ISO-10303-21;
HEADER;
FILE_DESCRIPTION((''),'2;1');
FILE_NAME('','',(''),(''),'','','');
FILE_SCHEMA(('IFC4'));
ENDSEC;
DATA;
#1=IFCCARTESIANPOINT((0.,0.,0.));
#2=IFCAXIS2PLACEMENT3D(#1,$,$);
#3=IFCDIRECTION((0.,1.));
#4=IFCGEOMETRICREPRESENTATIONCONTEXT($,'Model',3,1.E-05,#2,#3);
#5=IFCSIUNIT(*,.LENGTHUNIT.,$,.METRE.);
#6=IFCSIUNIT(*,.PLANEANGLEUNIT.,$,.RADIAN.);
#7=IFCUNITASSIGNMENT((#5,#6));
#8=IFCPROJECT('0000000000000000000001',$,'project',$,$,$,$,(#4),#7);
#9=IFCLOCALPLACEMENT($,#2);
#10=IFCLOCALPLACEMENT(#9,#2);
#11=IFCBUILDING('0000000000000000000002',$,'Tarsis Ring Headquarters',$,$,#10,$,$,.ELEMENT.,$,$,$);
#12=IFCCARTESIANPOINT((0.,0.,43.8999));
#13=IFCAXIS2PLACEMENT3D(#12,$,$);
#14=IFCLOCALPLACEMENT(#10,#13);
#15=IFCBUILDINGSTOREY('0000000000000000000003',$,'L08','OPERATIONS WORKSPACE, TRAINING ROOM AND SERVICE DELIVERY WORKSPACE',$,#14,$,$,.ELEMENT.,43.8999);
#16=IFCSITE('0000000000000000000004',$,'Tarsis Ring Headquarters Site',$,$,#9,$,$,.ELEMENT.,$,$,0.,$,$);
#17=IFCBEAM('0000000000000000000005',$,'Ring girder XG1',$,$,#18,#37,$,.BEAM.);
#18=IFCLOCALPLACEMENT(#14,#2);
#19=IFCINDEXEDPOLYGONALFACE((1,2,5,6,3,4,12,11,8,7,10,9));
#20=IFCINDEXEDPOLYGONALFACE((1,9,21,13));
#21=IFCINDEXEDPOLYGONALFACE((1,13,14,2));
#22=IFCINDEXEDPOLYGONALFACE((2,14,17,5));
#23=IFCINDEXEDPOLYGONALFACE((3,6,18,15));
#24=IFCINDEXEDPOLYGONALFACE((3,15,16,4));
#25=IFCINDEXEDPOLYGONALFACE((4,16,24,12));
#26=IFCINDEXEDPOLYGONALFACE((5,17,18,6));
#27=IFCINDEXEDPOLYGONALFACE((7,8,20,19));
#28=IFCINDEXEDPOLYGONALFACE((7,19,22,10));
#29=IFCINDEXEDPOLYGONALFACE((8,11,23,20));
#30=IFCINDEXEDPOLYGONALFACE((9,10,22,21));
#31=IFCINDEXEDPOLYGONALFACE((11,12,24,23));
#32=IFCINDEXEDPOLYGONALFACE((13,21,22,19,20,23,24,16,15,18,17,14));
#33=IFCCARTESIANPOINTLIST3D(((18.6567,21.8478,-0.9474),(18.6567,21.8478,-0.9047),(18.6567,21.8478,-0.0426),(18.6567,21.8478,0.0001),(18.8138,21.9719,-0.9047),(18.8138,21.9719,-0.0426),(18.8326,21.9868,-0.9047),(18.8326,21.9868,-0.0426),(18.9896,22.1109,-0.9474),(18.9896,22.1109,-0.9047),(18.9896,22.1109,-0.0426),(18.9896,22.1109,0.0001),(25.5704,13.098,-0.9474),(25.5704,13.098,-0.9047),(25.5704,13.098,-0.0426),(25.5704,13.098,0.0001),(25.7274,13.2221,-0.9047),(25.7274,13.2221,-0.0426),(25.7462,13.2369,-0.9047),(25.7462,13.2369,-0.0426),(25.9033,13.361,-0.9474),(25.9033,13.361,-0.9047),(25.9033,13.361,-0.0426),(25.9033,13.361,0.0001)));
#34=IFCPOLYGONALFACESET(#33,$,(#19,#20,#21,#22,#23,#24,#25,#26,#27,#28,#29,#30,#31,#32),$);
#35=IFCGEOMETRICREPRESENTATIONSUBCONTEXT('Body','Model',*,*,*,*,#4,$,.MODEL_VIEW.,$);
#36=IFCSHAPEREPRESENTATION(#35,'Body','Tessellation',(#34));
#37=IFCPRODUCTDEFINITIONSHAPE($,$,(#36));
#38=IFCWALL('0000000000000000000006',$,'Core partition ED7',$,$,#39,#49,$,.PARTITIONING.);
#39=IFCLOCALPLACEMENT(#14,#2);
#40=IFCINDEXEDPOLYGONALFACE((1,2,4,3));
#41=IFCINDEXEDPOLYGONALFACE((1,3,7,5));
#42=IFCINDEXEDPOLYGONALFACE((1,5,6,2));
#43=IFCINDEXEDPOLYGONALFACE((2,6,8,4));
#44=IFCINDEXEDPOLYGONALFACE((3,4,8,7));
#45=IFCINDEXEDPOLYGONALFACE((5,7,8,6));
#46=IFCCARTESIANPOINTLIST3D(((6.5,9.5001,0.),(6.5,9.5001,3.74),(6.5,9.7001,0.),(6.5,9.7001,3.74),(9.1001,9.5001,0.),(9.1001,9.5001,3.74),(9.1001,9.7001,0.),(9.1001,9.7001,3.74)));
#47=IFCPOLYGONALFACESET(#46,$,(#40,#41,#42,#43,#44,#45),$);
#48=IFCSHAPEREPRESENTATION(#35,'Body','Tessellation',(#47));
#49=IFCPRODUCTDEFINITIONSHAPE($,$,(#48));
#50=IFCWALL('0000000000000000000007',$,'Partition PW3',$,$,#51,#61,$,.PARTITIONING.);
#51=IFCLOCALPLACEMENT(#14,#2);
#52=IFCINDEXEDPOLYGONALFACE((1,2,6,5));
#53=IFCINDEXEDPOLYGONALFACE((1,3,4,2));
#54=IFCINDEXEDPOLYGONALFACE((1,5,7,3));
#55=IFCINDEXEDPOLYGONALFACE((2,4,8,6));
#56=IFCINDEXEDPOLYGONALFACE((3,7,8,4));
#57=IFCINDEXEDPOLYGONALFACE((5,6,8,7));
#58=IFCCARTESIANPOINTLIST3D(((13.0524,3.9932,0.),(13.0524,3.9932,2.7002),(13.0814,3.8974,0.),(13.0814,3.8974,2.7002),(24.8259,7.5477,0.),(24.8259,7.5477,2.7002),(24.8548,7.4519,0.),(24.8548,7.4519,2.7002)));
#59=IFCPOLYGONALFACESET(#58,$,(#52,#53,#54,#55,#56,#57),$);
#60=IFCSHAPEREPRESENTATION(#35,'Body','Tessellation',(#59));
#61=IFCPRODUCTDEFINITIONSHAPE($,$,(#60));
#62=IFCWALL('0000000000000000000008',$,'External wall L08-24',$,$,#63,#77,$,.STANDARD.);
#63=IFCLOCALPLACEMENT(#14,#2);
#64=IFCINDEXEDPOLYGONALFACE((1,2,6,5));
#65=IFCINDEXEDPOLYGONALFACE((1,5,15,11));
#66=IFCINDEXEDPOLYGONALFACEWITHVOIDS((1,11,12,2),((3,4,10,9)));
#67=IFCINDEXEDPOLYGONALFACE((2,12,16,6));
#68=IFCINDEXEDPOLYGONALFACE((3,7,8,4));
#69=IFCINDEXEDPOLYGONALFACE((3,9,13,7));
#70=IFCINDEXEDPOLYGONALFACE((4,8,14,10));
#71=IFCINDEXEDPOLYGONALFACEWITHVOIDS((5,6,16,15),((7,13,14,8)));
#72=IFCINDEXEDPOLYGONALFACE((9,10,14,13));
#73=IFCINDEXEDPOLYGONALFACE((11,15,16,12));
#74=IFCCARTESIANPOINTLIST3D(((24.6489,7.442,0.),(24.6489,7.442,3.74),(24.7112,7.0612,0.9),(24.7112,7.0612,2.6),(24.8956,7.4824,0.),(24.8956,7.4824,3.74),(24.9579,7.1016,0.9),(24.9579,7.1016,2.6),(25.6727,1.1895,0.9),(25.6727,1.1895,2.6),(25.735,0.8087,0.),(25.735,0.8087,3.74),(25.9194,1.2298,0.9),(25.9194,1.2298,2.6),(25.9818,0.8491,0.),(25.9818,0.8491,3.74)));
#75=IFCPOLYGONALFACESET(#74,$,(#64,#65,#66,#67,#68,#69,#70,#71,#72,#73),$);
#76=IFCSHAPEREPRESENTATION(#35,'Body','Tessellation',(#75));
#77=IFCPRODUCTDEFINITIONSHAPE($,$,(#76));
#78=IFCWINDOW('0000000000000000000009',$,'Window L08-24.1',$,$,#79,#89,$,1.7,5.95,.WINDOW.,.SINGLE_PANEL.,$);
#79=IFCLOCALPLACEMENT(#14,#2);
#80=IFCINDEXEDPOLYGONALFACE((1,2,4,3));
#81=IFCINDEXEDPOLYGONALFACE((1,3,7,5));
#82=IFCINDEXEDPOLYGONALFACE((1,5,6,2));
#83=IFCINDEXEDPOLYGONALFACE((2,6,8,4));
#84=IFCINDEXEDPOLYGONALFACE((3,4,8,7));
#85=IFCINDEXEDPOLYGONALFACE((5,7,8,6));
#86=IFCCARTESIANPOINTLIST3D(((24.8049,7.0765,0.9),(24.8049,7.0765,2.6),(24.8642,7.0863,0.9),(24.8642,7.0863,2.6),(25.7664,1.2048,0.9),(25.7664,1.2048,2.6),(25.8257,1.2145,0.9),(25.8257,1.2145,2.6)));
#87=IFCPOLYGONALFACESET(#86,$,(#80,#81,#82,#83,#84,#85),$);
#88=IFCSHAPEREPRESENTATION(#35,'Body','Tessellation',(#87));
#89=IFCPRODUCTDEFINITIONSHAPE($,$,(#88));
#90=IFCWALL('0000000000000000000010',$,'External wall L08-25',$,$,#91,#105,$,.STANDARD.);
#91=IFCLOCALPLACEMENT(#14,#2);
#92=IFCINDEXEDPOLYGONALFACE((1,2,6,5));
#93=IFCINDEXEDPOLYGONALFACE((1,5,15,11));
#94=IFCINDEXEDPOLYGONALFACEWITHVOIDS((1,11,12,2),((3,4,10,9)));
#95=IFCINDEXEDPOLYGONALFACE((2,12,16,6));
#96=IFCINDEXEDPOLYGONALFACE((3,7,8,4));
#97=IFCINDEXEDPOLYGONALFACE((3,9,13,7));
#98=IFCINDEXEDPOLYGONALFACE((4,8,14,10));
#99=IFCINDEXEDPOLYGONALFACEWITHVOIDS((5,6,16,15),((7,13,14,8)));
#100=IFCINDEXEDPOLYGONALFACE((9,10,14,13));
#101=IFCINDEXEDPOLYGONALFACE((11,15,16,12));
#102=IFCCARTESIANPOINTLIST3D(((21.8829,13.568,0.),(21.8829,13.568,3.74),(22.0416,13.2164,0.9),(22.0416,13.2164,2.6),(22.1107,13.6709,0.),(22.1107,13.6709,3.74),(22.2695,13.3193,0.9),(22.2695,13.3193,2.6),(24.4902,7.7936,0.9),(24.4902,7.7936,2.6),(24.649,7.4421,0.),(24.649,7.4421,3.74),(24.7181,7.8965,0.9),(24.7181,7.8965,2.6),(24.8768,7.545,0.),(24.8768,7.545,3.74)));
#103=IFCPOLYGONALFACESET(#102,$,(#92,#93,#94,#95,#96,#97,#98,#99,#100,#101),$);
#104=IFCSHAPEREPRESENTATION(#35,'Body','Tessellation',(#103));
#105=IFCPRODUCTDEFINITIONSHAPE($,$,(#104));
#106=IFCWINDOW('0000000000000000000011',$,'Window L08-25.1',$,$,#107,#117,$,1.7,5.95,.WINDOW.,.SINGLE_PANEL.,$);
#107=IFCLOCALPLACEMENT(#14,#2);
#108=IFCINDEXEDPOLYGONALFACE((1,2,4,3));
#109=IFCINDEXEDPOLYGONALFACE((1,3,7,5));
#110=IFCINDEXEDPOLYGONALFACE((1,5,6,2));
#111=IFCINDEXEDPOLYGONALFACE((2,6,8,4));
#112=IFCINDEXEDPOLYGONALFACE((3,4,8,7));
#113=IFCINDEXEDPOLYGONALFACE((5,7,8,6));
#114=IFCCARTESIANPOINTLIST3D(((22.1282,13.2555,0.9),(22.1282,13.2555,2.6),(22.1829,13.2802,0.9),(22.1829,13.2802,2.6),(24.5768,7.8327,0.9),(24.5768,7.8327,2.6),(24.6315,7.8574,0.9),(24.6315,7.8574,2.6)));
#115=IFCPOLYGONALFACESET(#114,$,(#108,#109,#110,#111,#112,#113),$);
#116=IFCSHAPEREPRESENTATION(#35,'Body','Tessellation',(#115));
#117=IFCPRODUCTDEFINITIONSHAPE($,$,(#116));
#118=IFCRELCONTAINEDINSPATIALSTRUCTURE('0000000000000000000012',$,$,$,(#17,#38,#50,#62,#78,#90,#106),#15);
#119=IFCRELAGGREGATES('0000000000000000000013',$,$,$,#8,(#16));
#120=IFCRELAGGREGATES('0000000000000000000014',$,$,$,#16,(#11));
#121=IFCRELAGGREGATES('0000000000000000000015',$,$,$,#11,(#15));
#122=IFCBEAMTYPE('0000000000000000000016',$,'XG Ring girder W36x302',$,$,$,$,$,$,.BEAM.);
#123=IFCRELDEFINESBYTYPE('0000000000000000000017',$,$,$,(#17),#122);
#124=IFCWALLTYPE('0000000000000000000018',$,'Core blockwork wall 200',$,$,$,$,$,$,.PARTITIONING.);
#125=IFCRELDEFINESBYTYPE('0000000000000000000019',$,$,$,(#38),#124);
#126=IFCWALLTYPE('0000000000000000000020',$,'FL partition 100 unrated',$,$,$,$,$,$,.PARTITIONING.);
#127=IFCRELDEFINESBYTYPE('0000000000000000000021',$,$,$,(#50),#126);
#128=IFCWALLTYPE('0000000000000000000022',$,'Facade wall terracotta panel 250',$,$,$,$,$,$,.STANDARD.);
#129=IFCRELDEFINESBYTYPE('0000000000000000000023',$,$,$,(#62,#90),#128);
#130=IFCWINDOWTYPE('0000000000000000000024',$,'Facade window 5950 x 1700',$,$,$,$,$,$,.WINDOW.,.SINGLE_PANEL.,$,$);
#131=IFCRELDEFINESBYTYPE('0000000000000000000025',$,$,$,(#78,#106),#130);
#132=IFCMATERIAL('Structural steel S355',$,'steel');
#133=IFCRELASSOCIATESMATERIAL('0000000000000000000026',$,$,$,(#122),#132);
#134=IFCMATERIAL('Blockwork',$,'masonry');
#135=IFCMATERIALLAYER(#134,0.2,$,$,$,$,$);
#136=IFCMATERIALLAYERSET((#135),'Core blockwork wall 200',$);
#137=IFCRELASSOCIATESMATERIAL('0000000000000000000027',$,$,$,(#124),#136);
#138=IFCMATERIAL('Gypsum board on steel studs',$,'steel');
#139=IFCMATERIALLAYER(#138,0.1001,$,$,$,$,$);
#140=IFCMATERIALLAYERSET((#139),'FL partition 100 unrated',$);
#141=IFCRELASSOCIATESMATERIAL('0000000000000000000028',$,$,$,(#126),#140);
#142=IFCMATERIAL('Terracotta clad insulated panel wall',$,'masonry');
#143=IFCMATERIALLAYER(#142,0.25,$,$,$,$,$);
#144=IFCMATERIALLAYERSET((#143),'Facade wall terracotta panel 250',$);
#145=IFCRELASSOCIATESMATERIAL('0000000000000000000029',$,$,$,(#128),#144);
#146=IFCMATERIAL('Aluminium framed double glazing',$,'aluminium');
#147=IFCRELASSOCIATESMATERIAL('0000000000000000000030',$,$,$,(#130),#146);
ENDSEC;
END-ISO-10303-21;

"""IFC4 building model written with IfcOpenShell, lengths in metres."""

from ifc_helpers import new_model, si_unit, direction, frame, frame_2d, origin, origin_2d, place, context, subcontext, project, spatial, rectangle, i_section, extrude, material, layer, layer_set, material_profile, profile_set, type_object, element, fill, save


model = new_model("IFC4")

# Units and contexts
model_context = context("Model", 3, precision=1e-05, world=origin(), true_north=direction((0.0, 1.0)))
body_context = subcontext(model_context, "Body", "Model", "MODEL_VIEW")
ifc_project = project(units=[si_unit("LENGTHUNIT", "METRE"), si_unit("PLANEANGLEUNIT", "RADIAN")], contexts=[model_context])

# Site, building, storey
site_placement = place(None, origin())
site = spatial("IfcSite", under=ifc_project, at=site_placement, Name="Tarsis Ring Headquarters Site", CompositionType="ELEMENT", RefElevation=0.0)
building_placement = place(site_placement, origin())
building = spatial("IfcBuilding", under=site, at=building_placement, Name="Tarsis Ring Headquarters", CompositionType="ELEMENT")
storey_placement = place(building_placement, frame((0.0, 0.0, 43.8999)))
storey = spatial("IfcBuildingStorey", under=building, at=storey_placement, Name="L08", Description="OPERATIONS WORKSPACE, TRAINING ROOM AND SERVICE DELIVERY WORKSPACE", CompositionType="ELEMENT", Elevation=43.8999)

# Beam
ifc_material_1 = material(Name="Structural steel S355", Category="steel")
ifc_material_profile_1 = material_profile(ifc_material_1, i_section(OverallWidth=0.4243, OverallDepth=0.9475, WebThickness=0.0239, FlangeThickness=0.0427, at=origin_2d()), Name="W36x302")
ifc_profile_set_1 = profile_set([ifc_material_profile_1], Name="Structural steel S355")
beam_type_1 = type_object("IfcBeamType", Name="XG Ring girder W36x302", PredefinedType="BEAM", material=ifc_profile_set_1)
for number, where, z_axis, x_axis, name in (
    (1, (25.7368, 13.2295, -0.4736), (-0.619969, 0.784627, 0.0), (-0.784627, -0.619969, 0.0), "Ring girder XG1"),
):
    element("IfcBeam", number, at=place(storey_placement, frame(where, z_axis=z_axis, x_axis=x_axis)), inside=storey, type_object=beam_type_1, Name=name, PredefinedType="BEAM", context=body_context, shape_type="SweptSolid", body=[
        extrude(i_section(OverallWidth=0.4243, OverallDepth=0.9475, WebThickness=0.0239, FlangeThickness=0.0427, at=origin_2d()), origin(), (0.0, 0.0, 1.0), 11.1516),
    ])

# Walls
ifc_material_2 = material(Name="Blockwork", Category="masonry")
ifc_layer_1 = layer(ifc_material_2, 0.2)
ifc_layer_set_1 = layer_set([ifc_layer_1], Name="Core blockwork wall 200")
wall_type_1 = type_object("IfcWallType", Name="Core blockwork wall 200", PredefinedType="PARTITIONING", material=ifc_layer_set_1)
wall_1_placement = place(storey_placement, frame((6.5, 9.6001, 0.0), z_axis=(0.0, 0.0, 1.0), x_axis=(1.0, 0.0, 0.0)))
element("IfcWall", 2, at=wall_1_placement, inside=storey, type_object=wall_type_1, Name="Core partition ED7", PredefinedType="PARTITIONING", context=body_context, shape_type="SweptSolid", body=[
    extrude(rectangle(XDim=2.6001, YDim=0.2, at=frame_2d((1.3, 0.0))), origin(), (0.0, 0.0, 1.0), 3.74),
])
ifc_material_3 = material(Name="Gypsum board on steel studs", Category="steel")
ifc_layer_2 = layer(ifc_material_3, 0.1001)
ifc_layer_set_2 = layer_set([ifc_layer_2], Name="FL partition 100 unrated")
wall_type_2 = type_object("IfcWallType", Name="FL partition 100 unrated", PredefinedType="PARTITIONING", material=ifc_layer_set_2)
wall_2_placement = place(storey_placement, frame((13.0669, 3.9453, 0.0), z_axis=(0.0, 0.0, 1.0), x_axis=(0.957323, 0.289019, 0.0)))
element("IfcWall", 3, at=wall_2_placement, inside=storey, type_object=wall_type_2, Name="Partition PW3", PredefinedType="PARTITIONING", context=body_context, shape_type="SweptSolid", body=[
    extrude(rectangle(XDim=12.2983, YDim=0.1001, at=frame_2d((6.1492, 0.0))), origin(), (0.0, 0.0, 1.0), 2.7002),
])

# Walls, openings, windows
ifc_material_4 = material(Name="Terracotta clad insulated panel wall", Category="masonry")
ifc_layer_3 = layer(ifc_material_4, 0.25)
ifc_layer_set_3 = layer_set([ifc_layer_3], Name="Facade wall terracotta panel 250")
wall_type_3 = type_object("IfcWallType", Name="Facade wall terracotta panel 250", PredefinedType="STANDARD", material=ifc_layer_set_3)
wall_3_placement = place(storey_placement, frame((25.8584, 0.8289, 0.0), z_axis=(0.0, 0.0, 1.0), x_axis=(-0.161595, 0.986857, 0.0)))
wall_3 = element("IfcWall", 4, at=wall_3_placement, inside=storey, type_object=wall_type_3, Name="External wall L08-24", PredefinedType="STANDARD", context=body_context, shape_type="SweptSolid", body=[
    extrude(rectangle(XDim=6.7217, YDim=0.25, at=frame_2d((3.3608, 0.0))), origin(), (0.0, 0.0, 1.0), 3.74),
])
opening_1_placement = place(wall_3_placement, frame((0.3857, 0.0, 0.8999)))
opening_1 = element("IfcOpeningElement", 5, at=opening_1_placement, cuts=wall_3, PredefinedType="OPENING", context=body_context, shape_type="SweptSolid", body=[
    extrude(rectangle(XDim=5.95, YDim=1.7, at=frame_2d((2.9751, 0.8501))), frame((0.0, 0.135, 0.0), z_axis=(0.0, -1.0, 0.0), x_axis=(1.0, 0.0, 0.0)), (0.0, 0.0, 1.0), 0.27),
])
ifc_material_5 = material(Name="Aluminium framed double glazing", Category="aluminium")
window_type = type_object("IfcWindowType", Name="Facade window 5950 x 1700", PartitioningType="SINGLE_PANEL", PredefinedType="WINDOW", material=ifc_material_5)
window_1_placement = place(opening_1_placement, origin())
window_1 = element("IfcWindow", 6, at=window_1_placement, inside=storey, type_object=window_type, Name="Window L08-24.1", OverallHeight=1.7, OverallWidth=5.95, PartitioningType="SINGLE_PANEL", PredefinedType="WINDOW", context=body_context, shape_type="SweptSolid", body=[
    extrude(rectangle(XDim=5.95, YDim=1.7, at=frame_2d((2.9751, 0.8501))), frame((0.0, 0.03, 0.0), z_axis=(0.0, -1.0, 0.0), x_axis=(1.0, 0.0, 0.0)), (0.0, 0.0, 1.0), 0.0601),
])
fill(opening_1, window_1)
wall_4_placement = place(storey_placement, frame((24.7629, 7.4934, 0.0), z_axis=(0.0, 0.0, 1.0), x_axis=(-0.41153, 0.911396, 0.0)))
wall_4 = element("IfcWall", 7, at=wall_4_placement, inside=storey, type_object=wall_type_3, Name="External wall L08-25", PredefinedType="STANDARD", context=body_context, shape_type="SweptSolid", body=[
    extrude(rectangle(XDim=6.7214, YDim=0.25, at=frame_2d((3.3608, 0.0))), origin(), (0.0, 0.0, 1.0), 3.74),
])
opening_2_placement = place(wall_4_placement, frame((0.3857, 0.0, 0.8999)))
opening_2 = element("IfcOpeningElement", 8, at=opening_2_placement, cuts=wall_4, PredefinedType="OPENING", context=body_context, shape_type="SweptSolid", body=[
    extrude(rectangle(XDim=5.95, YDim=1.7, at=frame_2d((2.9751, 0.8501))), frame((0.0, 0.135, 0.0), z_axis=(0.0, -1.0, 0.0), x_axis=(1.0, 0.0, 0.0)), (0.0, 0.0, 1.0), 0.27),
])
window_2_placement = place(opening_2_placement, origin())
window_2 = element("IfcWindow", 9, at=window_2_placement, inside=storey, type_object=window_type, Name="Window L08-25.1", OverallHeight=1.7, OverallWidth=5.95, PartitioningType="SINGLE_PANEL", PredefinedType="WINDOW", context=body_context, shape_type="SweptSolid", body=[
    extrude(rectangle(XDim=5.95, YDim=1.7, at=frame_2d((2.9751, 0.8501))), frame((0.0, 0.03, 0.0), z_axis=(0.0, -1.0, 0.0), x_axis=(1.0, 0.0, 0.0)), (0.0, 0.0, 1.0), 0.0601),
])
fill(opening_2, window_2)

save(model, "model.ifc")
